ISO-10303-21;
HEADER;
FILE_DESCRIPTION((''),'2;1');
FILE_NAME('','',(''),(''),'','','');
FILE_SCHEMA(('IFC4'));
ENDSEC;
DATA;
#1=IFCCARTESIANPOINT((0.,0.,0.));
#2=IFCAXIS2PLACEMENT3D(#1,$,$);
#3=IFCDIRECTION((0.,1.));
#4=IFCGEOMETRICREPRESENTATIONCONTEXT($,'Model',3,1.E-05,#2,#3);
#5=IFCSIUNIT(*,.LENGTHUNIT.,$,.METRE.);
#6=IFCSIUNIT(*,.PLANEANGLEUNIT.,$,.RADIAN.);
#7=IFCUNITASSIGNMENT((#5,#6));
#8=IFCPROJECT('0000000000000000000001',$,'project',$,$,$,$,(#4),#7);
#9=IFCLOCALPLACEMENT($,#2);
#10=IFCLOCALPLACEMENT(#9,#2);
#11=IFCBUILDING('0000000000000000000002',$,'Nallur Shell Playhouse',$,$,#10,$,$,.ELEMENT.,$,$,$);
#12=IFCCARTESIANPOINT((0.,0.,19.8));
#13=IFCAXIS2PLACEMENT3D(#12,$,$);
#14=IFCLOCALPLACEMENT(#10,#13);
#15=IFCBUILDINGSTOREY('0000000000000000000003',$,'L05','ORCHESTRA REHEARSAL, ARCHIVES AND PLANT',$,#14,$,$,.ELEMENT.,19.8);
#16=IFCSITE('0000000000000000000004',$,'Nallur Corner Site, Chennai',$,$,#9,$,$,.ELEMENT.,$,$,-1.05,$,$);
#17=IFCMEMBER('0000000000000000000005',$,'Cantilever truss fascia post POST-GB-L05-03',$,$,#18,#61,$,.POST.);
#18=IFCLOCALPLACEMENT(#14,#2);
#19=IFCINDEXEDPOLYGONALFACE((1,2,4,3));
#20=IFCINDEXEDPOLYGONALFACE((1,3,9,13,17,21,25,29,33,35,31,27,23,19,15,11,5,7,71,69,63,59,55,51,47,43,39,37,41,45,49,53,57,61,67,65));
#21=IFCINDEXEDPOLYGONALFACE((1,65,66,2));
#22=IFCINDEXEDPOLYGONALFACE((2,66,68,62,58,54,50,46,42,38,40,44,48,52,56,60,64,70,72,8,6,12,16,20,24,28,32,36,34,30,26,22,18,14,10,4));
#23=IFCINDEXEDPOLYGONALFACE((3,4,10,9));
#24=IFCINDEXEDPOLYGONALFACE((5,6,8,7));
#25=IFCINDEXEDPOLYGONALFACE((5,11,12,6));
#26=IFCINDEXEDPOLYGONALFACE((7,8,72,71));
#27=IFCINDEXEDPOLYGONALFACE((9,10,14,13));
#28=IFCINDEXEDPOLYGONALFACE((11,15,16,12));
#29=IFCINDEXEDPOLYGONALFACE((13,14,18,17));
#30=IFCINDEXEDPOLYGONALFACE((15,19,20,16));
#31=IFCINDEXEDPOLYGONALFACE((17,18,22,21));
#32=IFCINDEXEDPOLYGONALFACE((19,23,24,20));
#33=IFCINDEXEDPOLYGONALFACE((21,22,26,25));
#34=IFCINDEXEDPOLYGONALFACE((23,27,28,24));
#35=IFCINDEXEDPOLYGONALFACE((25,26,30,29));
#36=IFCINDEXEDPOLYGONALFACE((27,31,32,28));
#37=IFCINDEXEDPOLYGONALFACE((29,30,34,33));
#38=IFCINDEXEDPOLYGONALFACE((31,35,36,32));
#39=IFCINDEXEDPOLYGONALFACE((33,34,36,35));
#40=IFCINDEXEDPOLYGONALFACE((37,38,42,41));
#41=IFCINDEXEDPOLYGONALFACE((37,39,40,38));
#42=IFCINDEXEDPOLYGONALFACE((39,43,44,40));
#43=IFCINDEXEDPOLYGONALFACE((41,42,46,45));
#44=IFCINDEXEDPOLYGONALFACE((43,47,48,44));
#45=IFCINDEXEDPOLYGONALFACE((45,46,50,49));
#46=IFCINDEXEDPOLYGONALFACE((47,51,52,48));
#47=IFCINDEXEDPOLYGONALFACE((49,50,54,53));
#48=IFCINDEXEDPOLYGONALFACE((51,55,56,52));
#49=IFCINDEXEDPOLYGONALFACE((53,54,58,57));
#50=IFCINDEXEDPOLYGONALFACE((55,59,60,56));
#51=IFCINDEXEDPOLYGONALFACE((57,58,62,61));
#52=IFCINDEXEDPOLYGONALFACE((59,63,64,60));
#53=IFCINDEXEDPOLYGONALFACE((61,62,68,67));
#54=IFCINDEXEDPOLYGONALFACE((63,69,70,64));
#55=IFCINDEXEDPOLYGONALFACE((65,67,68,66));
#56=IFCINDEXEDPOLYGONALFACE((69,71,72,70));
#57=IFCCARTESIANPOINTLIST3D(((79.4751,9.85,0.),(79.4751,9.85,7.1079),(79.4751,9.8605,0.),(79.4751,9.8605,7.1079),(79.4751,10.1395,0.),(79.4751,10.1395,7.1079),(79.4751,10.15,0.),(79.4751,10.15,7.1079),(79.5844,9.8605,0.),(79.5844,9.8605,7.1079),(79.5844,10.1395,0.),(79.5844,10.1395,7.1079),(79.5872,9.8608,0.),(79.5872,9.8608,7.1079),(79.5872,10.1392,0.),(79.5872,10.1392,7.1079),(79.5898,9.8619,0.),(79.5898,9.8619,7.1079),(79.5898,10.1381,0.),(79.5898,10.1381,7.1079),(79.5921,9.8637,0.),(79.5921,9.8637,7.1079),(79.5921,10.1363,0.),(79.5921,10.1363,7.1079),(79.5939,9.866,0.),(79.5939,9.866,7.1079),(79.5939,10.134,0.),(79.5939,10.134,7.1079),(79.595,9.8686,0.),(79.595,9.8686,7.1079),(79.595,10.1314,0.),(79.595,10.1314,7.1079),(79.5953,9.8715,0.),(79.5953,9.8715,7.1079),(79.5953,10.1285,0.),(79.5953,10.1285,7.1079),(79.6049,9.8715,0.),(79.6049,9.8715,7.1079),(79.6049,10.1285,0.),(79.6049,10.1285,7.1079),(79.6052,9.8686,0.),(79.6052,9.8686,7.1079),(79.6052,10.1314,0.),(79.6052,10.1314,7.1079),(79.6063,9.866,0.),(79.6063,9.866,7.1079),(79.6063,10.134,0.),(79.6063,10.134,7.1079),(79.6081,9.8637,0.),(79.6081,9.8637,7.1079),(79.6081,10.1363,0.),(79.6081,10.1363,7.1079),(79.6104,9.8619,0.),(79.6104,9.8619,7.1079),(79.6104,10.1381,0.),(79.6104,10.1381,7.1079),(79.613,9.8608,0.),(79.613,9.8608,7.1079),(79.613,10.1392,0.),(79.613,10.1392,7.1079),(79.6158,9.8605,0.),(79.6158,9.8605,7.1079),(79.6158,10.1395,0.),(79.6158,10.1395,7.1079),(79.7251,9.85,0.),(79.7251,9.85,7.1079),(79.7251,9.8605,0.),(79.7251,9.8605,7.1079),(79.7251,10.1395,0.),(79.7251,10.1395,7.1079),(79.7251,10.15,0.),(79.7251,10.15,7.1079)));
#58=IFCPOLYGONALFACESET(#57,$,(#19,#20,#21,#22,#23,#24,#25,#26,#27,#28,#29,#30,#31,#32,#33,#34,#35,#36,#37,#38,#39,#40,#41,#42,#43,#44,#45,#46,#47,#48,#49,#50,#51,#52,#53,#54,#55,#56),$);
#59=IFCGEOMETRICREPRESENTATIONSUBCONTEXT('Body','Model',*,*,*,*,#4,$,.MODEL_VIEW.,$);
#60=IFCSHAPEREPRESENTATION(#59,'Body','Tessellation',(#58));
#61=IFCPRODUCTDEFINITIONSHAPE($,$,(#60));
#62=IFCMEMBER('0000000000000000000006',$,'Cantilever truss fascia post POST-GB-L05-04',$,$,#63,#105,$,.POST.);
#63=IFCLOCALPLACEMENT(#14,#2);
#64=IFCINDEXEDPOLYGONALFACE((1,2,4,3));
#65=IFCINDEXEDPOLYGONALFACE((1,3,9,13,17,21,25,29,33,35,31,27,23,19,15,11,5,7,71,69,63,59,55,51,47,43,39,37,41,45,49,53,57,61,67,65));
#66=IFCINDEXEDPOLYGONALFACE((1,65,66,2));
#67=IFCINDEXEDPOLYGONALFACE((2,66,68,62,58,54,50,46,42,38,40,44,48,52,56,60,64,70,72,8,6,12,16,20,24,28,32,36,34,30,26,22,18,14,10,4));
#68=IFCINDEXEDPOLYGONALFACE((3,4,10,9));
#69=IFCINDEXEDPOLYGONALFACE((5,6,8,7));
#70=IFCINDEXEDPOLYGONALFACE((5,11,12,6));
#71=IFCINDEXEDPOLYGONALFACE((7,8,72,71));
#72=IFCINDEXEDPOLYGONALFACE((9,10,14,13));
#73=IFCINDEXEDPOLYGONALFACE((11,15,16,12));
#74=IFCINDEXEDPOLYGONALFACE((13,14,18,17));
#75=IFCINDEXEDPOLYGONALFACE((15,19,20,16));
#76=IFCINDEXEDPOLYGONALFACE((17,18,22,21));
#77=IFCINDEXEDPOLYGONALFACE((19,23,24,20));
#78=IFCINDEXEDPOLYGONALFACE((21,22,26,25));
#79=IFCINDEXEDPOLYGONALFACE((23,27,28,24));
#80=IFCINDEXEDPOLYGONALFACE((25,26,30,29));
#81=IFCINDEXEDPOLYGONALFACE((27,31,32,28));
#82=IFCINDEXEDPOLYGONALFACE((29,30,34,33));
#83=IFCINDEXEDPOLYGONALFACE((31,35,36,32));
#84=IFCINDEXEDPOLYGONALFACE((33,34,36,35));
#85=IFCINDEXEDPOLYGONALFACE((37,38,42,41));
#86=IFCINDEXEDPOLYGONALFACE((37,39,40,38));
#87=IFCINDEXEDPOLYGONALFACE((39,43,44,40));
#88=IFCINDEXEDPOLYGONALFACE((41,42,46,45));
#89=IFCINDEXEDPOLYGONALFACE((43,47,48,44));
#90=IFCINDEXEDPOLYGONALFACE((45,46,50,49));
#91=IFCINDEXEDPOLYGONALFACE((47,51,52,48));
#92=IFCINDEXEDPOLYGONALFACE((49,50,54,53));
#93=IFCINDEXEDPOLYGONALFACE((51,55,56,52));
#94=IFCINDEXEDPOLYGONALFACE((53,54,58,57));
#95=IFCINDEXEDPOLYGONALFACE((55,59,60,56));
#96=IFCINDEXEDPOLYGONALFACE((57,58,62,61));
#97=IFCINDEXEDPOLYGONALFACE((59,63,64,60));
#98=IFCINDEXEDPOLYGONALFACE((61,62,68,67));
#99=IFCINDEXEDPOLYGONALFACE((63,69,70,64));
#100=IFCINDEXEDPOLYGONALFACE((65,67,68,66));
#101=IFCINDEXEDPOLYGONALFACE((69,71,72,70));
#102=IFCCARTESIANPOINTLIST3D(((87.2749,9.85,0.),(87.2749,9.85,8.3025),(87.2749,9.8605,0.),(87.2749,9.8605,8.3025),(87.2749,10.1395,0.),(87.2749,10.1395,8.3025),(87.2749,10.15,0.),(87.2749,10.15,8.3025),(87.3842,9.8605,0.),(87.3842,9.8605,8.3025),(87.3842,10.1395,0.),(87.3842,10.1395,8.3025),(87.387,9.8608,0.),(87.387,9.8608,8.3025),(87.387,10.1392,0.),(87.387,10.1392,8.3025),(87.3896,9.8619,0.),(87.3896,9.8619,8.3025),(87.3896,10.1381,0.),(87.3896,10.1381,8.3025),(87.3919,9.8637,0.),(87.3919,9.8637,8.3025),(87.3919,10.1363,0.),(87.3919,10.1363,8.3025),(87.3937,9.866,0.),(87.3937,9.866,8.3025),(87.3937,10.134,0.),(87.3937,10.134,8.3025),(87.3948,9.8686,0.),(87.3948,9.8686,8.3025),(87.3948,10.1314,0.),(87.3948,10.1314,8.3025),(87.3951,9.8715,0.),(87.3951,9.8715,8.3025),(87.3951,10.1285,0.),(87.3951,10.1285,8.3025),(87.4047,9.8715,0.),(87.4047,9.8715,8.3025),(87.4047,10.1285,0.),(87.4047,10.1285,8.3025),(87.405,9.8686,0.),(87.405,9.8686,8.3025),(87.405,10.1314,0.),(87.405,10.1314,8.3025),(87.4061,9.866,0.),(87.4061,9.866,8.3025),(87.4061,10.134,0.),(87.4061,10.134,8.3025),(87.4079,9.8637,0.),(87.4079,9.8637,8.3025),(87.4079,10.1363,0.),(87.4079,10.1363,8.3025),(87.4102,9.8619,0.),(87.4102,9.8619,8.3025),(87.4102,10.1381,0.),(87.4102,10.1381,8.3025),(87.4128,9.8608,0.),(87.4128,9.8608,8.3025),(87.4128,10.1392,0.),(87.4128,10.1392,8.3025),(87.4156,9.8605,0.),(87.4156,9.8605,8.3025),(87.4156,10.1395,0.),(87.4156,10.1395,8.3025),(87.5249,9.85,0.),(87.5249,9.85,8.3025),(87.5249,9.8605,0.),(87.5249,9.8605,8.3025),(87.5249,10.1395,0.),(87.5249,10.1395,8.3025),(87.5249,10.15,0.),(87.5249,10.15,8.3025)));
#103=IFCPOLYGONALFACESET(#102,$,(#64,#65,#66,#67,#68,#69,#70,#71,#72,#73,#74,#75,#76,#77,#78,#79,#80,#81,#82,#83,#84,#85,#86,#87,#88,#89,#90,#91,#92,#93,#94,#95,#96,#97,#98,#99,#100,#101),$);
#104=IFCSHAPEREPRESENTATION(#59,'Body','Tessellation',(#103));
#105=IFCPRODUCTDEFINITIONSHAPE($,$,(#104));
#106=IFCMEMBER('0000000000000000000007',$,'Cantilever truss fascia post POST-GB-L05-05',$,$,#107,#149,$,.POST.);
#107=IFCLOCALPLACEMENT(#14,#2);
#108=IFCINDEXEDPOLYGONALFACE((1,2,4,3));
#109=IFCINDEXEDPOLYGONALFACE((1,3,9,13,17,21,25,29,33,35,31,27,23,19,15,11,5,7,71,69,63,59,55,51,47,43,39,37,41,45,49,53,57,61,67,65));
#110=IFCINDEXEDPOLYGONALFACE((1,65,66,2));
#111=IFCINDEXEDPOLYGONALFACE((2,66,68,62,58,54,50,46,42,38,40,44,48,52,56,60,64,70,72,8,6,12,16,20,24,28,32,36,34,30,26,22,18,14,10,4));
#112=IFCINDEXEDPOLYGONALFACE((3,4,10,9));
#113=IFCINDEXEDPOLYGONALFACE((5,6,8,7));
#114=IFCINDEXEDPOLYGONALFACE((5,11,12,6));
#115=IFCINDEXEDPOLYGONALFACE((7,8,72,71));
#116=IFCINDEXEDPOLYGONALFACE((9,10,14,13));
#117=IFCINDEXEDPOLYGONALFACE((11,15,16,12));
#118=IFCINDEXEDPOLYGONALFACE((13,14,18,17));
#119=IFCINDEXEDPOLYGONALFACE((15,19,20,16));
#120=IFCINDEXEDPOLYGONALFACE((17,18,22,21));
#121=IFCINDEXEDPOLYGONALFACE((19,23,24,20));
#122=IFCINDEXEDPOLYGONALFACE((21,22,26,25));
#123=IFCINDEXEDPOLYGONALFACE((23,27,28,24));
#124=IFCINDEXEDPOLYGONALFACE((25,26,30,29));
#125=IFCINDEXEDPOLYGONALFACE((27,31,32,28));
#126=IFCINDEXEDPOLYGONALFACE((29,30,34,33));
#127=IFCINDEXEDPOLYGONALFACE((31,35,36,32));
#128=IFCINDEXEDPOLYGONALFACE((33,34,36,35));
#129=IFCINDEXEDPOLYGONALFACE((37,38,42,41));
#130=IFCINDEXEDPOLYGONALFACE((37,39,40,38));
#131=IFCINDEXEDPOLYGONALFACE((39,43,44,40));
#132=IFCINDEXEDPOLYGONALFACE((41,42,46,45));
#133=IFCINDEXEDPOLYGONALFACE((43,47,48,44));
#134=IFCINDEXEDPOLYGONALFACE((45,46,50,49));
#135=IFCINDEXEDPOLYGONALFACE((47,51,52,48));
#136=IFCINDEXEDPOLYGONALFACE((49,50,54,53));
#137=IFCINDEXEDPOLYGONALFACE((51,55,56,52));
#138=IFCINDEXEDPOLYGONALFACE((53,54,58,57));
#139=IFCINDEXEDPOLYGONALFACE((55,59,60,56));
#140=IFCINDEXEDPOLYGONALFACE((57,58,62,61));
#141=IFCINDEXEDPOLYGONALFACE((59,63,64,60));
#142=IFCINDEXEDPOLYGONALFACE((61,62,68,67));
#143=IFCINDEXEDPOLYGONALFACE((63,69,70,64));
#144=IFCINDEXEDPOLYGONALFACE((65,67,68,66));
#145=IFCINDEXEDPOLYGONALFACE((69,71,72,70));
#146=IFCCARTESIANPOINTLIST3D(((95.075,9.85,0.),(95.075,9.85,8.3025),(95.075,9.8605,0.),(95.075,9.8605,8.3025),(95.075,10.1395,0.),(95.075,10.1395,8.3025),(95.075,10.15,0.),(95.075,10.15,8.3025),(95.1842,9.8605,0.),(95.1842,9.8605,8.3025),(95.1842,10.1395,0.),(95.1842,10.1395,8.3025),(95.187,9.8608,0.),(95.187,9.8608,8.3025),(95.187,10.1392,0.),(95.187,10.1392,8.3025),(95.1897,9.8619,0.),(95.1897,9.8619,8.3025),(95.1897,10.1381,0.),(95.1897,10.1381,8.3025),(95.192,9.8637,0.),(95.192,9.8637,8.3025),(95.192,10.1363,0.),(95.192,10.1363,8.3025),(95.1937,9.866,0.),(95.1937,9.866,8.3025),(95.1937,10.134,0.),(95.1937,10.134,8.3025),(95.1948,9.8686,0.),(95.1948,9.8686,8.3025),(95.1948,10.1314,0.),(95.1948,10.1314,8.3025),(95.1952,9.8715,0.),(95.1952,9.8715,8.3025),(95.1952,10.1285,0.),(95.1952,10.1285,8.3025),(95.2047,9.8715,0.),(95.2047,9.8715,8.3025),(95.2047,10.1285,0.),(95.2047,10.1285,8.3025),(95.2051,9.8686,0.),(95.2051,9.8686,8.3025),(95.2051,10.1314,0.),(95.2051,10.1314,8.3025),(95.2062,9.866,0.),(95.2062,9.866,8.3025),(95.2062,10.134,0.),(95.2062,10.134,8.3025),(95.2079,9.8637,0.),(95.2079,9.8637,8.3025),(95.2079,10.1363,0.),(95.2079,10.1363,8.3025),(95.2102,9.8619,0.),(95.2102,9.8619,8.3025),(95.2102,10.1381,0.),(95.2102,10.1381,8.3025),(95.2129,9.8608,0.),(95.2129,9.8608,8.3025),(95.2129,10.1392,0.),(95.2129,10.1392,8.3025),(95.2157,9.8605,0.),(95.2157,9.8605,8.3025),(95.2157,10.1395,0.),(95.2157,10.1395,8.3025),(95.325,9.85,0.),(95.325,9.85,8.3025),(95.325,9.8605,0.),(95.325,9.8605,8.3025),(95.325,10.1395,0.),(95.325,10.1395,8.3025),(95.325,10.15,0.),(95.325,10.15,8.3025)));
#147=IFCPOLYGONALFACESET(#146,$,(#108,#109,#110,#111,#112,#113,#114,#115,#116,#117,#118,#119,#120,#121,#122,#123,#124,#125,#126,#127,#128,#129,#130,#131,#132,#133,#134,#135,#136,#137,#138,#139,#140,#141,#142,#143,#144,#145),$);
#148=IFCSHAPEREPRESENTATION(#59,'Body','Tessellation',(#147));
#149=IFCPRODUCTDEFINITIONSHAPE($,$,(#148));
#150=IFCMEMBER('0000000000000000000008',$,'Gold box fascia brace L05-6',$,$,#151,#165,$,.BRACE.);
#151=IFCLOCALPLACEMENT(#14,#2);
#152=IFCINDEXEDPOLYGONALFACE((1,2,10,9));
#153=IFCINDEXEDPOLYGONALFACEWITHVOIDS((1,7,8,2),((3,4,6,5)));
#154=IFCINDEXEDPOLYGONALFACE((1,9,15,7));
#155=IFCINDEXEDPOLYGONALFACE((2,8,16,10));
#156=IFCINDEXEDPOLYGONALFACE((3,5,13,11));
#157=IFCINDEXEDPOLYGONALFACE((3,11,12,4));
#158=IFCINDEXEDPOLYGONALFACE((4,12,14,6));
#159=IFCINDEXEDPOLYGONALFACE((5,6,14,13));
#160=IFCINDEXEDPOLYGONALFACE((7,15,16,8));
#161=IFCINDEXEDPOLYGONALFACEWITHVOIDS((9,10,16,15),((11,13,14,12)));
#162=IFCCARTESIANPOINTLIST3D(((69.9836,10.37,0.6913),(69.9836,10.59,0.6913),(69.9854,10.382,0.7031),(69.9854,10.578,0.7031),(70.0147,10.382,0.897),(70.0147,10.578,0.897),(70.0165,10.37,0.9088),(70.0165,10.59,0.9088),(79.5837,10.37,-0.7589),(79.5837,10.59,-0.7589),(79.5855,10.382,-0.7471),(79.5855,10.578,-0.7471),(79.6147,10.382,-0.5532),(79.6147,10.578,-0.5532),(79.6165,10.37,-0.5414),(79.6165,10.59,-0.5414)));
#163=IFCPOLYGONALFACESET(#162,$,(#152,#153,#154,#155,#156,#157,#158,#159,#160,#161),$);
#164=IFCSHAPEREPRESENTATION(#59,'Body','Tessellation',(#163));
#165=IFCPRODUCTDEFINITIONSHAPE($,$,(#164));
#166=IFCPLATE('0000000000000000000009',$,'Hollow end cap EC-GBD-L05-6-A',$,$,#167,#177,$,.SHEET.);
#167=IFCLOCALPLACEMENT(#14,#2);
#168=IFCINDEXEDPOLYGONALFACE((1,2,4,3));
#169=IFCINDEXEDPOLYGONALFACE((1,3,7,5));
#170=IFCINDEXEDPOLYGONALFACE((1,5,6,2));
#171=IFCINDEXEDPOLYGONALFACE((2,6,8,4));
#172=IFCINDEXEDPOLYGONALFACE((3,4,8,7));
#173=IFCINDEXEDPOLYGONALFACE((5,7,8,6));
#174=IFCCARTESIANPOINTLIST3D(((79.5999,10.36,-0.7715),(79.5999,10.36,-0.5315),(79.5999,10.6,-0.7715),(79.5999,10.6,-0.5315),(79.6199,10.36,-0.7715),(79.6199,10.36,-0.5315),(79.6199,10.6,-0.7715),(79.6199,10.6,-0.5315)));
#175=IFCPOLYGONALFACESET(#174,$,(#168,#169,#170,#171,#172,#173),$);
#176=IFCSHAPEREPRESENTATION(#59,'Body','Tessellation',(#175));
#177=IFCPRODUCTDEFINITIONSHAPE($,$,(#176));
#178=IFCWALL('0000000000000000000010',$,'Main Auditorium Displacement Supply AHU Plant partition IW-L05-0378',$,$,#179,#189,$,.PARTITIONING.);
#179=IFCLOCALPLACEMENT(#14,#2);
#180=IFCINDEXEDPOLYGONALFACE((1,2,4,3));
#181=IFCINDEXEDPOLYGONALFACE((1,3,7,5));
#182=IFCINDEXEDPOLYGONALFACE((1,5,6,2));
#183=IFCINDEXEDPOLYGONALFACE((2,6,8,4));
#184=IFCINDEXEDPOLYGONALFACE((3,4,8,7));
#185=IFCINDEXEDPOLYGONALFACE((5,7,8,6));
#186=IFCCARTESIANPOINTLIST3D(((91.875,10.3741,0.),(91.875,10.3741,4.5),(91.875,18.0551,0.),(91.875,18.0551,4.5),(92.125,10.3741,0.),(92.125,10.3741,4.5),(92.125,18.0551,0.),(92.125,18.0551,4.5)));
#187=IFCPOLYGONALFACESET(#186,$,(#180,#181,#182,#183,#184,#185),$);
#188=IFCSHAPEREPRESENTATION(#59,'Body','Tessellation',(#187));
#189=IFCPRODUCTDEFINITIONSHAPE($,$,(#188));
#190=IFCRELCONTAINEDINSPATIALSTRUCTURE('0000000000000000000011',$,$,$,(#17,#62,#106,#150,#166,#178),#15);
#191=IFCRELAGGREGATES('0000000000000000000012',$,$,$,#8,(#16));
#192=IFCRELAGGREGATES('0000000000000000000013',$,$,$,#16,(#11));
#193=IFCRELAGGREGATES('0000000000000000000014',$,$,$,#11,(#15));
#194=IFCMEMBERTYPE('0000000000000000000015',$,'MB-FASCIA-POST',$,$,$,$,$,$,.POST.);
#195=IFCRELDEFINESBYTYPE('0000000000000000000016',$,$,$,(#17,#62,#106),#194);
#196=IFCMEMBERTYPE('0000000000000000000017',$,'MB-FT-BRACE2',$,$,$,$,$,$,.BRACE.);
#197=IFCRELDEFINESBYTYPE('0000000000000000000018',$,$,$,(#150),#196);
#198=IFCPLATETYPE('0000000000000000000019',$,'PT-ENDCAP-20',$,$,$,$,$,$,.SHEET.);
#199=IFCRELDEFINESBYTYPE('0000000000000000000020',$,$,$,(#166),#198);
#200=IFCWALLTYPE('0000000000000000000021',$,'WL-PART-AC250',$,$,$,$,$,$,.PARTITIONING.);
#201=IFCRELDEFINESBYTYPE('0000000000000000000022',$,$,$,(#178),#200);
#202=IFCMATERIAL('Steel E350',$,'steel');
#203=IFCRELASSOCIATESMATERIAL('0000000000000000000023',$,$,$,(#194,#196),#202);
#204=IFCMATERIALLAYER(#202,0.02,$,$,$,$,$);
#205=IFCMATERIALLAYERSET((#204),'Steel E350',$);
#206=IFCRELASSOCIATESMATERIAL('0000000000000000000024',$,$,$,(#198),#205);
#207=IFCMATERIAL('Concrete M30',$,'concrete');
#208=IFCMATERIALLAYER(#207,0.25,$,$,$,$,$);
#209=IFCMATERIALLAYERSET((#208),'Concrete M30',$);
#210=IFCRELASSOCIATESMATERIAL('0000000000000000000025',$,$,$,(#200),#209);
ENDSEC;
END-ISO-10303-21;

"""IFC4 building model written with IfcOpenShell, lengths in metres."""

from ifc_helpers import new_model, si_unit, direction, frame, frame_2d, origin, origin_2d, place, context, subcontext, project, spatial, rectangle, hollow_rectangle, i_section, extrude, material, layer, layer_set, material_profile, profile_set, type_object, element, save


model = new_model("IFC4")

# Units and contexts
model_context = context("Model", 3, precision=1e-05, world=origin(), true_north=direction((0.0, 1.0)))
body_context = subcontext(model_context, "Body", "Model", "MODEL_VIEW")
ifc_project = project(units=[si_unit("LENGTHUNIT", "METRE"), si_unit("PLANEANGLEUNIT", "RADIAN")], contexts=[model_context])

# Site, building, storey
site_placement = place(None, origin())
site = spatial("IfcSite", under=ifc_project, at=site_placement, Name="Nallur Corner Site, Chennai", CompositionType="ELEMENT", RefElevation=-1.05)
building_placement = place(site_placement, origin())
building = spatial("IfcBuilding", under=site, at=building_placement, Name="Nallur Shell Playhouse", CompositionType="ELEMENT")
storey_placement = place(building_placement, frame((0.0, 0.0, 19.8)))
storey = spatial("IfcBuildingStorey", under=building, at=storey_placement, Name="L05", Description="ORCHESTRA REHEARSAL, ARCHIVES AND PLANT", CompositionType="ELEMENT", Elevation=19.8)

# Shared definitions
ifc_material_1 = material(Name="Steel E350", Category="steel")

# Members
ifc_material_profile_1 = material_profile(ifc_material_1, i_section(OverallWidth=0.25, OverallDepth=0.3, WebThickness=0.0095, FlangeThickness=0.0105, FilletRadius=0.011, at=origin_2d()), Name="ISHB 300")
ifc_profile_set_1 = profile_set([ifc_material_profile_1], Name="Steel E350")
member_type_1 = type_object("IfcMemberType", Name="MB-FASCIA-POST", PredefinedType="POST", material=ifc_profile_set_1)
member_1_placement = place(storey_placement, frame((79.6001, 10.0, 0.0), z_axis=(0.0, 0.0, 1.0), x_axis=(1.0, 0.0, 0.0)))
element("IfcMember", 1, at=member_1_placement, inside=storey, type_object=member_type_1, Name="Cantilever truss fascia post POST-GB-L05-03", PredefinedType="POST", context=body_context, shape_type="SweptSolid", body=[
    extrude(i_section(OverallWidth=0.25, OverallDepth=0.3, WebThickness=0.0095, FlangeThickness=0.0105, FilletRadius=0.011, at=origin_2d()), origin(), (0.0, 0.0, 1.0), 7.1079),
])
for number, where, z_axis, x_axis, name in (
    (2, (87.3999, 10.0, 0.0), (0.0, 0.0, 1.0), (1.0, 0.0, 0.0), "Cantilever truss fascia post POST-GB-L05-04"),
    (3, (95.2, 10.0, 0.0), (0.0, 0.0, 1.0), (1.0, 0.0, 0.0), "Cantilever truss fascia post POST-GB-L05-05"),
):
    element("IfcMember", number, at=place(storey_placement, frame(where, z_axis=z_axis, x_axis=x_axis)), inside=storey, type_object=member_type_1, Name=name, PredefinedType="POST", context=body_context, shape_type="SweptSolid", body=[
        extrude(i_section(OverallWidth=0.25, OverallDepth=0.3, WebThickness=0.0095, FlangeThickness=0.0105, FilletRadius=0.011, at=origin_2d()), origin(), (0.0, 0.0, 1.0), 8.3025),
    ])
ifc_material_profile_2 = material_profile(ifc_material_1, hollow_rectangle(XDim=0.22, YDim=0.22, WallThickness=0.012, at=origin_2d()), Name="SHS 220x220x12")
ifc_profile_set_2 = profile_set([ifc_material_profile_2], Name="Steel E350")
member_type_2 = type_object("IfcMemberType", Name="MB-FT-BRACE2", PredefinedType="BRACE", material=ifc_profile_set_2)
member_2_placement = place(storey_placement, frame((79.6001, 10.48, -0.6501), z_axis=(-0.988782, 0.0, 0.149366), x_axis=(0.0, -1.0, 0.0)))
element("IfcMember", 4, at=member_2_placement, inside=storey, type_object=member_type_2, Name="Gold box fascia brace L05-6", PredefinedType="BRACE", context=body_context, shape_type="SweptSolid", body=[
    extrude(hollow_rectangle(XDim=0.22, YDim=0.22, WallThickness=0.012, at=origin_2d()), origin(), (0.0, 0.0, 1.0), 9.709),
])

# Plate
ifc_layer_1 = layer(ifc_material_1, 0.02)
ifc_layer_set_1 = layer_set([ifc_layer_1], Name="Steel E350")
plate_type = type_object("IfcPlateType", Name="PT-ENDCAP-20", PredefinedType="SHEET", material=ifc_layer_set_1)
plate_placement = place(storey_placement, frame((79.6099, 10.48, -0.7715), z_axis=(0.0, 0.0, 1.0), x_axis=(1.0, 0.0, 0.0)))
element("IfcPlate", 5, at=plate_placement, inside=storey, type_object=plate_type, Name="Hollow end cap EC-GBD-L05-6-A", PredefinedType="SHEET", context=body_context, shape_type="SweptSolid", body=[
    extrude(rectangle(XDim=0.02, YDim=0.24, at=origin_2d()), origin(), (0.0, 0.0, 1.0), 0.24),
])

# Wall
ifc_material_2 = material(Name="Concrete M30", Category="concrete")
ifc_layer_2 = layer(ifc_material_2, 0.25)
ifc_layer_set_2 = layer_set([ifc_layer_2], Name="Concrete M30")
wall_type = type_object("IfcWallType", Name="WL-PART-AC250", PredefinedType="PARTITIONING", material=ifc_layer_set_2)
wall_placement = place(storey_placement, frame((92.0, 18.0549, 0.0), z_axis=(0.0, 0.0, 1.0), x_axis=(0.0, -1.0, 0.0)))
element("IfcWall", 6, at=wall_placement, inside=storey, type_object=wall_type, Name="Main Auditorium Displacement Supply AHU Plant partition IW-L05-0378", PredefinedType="PARTITIONING", context=body_context, shape_type="SweptSolid", body=[
    extrude(rectangle(XDim=7.6809, YDim=0.25, at=frame_2d((3.8403, 0.0))), origin(), (0.0, 0.0, 1.0), 4.5),
])

save(model, "model.ifc")
